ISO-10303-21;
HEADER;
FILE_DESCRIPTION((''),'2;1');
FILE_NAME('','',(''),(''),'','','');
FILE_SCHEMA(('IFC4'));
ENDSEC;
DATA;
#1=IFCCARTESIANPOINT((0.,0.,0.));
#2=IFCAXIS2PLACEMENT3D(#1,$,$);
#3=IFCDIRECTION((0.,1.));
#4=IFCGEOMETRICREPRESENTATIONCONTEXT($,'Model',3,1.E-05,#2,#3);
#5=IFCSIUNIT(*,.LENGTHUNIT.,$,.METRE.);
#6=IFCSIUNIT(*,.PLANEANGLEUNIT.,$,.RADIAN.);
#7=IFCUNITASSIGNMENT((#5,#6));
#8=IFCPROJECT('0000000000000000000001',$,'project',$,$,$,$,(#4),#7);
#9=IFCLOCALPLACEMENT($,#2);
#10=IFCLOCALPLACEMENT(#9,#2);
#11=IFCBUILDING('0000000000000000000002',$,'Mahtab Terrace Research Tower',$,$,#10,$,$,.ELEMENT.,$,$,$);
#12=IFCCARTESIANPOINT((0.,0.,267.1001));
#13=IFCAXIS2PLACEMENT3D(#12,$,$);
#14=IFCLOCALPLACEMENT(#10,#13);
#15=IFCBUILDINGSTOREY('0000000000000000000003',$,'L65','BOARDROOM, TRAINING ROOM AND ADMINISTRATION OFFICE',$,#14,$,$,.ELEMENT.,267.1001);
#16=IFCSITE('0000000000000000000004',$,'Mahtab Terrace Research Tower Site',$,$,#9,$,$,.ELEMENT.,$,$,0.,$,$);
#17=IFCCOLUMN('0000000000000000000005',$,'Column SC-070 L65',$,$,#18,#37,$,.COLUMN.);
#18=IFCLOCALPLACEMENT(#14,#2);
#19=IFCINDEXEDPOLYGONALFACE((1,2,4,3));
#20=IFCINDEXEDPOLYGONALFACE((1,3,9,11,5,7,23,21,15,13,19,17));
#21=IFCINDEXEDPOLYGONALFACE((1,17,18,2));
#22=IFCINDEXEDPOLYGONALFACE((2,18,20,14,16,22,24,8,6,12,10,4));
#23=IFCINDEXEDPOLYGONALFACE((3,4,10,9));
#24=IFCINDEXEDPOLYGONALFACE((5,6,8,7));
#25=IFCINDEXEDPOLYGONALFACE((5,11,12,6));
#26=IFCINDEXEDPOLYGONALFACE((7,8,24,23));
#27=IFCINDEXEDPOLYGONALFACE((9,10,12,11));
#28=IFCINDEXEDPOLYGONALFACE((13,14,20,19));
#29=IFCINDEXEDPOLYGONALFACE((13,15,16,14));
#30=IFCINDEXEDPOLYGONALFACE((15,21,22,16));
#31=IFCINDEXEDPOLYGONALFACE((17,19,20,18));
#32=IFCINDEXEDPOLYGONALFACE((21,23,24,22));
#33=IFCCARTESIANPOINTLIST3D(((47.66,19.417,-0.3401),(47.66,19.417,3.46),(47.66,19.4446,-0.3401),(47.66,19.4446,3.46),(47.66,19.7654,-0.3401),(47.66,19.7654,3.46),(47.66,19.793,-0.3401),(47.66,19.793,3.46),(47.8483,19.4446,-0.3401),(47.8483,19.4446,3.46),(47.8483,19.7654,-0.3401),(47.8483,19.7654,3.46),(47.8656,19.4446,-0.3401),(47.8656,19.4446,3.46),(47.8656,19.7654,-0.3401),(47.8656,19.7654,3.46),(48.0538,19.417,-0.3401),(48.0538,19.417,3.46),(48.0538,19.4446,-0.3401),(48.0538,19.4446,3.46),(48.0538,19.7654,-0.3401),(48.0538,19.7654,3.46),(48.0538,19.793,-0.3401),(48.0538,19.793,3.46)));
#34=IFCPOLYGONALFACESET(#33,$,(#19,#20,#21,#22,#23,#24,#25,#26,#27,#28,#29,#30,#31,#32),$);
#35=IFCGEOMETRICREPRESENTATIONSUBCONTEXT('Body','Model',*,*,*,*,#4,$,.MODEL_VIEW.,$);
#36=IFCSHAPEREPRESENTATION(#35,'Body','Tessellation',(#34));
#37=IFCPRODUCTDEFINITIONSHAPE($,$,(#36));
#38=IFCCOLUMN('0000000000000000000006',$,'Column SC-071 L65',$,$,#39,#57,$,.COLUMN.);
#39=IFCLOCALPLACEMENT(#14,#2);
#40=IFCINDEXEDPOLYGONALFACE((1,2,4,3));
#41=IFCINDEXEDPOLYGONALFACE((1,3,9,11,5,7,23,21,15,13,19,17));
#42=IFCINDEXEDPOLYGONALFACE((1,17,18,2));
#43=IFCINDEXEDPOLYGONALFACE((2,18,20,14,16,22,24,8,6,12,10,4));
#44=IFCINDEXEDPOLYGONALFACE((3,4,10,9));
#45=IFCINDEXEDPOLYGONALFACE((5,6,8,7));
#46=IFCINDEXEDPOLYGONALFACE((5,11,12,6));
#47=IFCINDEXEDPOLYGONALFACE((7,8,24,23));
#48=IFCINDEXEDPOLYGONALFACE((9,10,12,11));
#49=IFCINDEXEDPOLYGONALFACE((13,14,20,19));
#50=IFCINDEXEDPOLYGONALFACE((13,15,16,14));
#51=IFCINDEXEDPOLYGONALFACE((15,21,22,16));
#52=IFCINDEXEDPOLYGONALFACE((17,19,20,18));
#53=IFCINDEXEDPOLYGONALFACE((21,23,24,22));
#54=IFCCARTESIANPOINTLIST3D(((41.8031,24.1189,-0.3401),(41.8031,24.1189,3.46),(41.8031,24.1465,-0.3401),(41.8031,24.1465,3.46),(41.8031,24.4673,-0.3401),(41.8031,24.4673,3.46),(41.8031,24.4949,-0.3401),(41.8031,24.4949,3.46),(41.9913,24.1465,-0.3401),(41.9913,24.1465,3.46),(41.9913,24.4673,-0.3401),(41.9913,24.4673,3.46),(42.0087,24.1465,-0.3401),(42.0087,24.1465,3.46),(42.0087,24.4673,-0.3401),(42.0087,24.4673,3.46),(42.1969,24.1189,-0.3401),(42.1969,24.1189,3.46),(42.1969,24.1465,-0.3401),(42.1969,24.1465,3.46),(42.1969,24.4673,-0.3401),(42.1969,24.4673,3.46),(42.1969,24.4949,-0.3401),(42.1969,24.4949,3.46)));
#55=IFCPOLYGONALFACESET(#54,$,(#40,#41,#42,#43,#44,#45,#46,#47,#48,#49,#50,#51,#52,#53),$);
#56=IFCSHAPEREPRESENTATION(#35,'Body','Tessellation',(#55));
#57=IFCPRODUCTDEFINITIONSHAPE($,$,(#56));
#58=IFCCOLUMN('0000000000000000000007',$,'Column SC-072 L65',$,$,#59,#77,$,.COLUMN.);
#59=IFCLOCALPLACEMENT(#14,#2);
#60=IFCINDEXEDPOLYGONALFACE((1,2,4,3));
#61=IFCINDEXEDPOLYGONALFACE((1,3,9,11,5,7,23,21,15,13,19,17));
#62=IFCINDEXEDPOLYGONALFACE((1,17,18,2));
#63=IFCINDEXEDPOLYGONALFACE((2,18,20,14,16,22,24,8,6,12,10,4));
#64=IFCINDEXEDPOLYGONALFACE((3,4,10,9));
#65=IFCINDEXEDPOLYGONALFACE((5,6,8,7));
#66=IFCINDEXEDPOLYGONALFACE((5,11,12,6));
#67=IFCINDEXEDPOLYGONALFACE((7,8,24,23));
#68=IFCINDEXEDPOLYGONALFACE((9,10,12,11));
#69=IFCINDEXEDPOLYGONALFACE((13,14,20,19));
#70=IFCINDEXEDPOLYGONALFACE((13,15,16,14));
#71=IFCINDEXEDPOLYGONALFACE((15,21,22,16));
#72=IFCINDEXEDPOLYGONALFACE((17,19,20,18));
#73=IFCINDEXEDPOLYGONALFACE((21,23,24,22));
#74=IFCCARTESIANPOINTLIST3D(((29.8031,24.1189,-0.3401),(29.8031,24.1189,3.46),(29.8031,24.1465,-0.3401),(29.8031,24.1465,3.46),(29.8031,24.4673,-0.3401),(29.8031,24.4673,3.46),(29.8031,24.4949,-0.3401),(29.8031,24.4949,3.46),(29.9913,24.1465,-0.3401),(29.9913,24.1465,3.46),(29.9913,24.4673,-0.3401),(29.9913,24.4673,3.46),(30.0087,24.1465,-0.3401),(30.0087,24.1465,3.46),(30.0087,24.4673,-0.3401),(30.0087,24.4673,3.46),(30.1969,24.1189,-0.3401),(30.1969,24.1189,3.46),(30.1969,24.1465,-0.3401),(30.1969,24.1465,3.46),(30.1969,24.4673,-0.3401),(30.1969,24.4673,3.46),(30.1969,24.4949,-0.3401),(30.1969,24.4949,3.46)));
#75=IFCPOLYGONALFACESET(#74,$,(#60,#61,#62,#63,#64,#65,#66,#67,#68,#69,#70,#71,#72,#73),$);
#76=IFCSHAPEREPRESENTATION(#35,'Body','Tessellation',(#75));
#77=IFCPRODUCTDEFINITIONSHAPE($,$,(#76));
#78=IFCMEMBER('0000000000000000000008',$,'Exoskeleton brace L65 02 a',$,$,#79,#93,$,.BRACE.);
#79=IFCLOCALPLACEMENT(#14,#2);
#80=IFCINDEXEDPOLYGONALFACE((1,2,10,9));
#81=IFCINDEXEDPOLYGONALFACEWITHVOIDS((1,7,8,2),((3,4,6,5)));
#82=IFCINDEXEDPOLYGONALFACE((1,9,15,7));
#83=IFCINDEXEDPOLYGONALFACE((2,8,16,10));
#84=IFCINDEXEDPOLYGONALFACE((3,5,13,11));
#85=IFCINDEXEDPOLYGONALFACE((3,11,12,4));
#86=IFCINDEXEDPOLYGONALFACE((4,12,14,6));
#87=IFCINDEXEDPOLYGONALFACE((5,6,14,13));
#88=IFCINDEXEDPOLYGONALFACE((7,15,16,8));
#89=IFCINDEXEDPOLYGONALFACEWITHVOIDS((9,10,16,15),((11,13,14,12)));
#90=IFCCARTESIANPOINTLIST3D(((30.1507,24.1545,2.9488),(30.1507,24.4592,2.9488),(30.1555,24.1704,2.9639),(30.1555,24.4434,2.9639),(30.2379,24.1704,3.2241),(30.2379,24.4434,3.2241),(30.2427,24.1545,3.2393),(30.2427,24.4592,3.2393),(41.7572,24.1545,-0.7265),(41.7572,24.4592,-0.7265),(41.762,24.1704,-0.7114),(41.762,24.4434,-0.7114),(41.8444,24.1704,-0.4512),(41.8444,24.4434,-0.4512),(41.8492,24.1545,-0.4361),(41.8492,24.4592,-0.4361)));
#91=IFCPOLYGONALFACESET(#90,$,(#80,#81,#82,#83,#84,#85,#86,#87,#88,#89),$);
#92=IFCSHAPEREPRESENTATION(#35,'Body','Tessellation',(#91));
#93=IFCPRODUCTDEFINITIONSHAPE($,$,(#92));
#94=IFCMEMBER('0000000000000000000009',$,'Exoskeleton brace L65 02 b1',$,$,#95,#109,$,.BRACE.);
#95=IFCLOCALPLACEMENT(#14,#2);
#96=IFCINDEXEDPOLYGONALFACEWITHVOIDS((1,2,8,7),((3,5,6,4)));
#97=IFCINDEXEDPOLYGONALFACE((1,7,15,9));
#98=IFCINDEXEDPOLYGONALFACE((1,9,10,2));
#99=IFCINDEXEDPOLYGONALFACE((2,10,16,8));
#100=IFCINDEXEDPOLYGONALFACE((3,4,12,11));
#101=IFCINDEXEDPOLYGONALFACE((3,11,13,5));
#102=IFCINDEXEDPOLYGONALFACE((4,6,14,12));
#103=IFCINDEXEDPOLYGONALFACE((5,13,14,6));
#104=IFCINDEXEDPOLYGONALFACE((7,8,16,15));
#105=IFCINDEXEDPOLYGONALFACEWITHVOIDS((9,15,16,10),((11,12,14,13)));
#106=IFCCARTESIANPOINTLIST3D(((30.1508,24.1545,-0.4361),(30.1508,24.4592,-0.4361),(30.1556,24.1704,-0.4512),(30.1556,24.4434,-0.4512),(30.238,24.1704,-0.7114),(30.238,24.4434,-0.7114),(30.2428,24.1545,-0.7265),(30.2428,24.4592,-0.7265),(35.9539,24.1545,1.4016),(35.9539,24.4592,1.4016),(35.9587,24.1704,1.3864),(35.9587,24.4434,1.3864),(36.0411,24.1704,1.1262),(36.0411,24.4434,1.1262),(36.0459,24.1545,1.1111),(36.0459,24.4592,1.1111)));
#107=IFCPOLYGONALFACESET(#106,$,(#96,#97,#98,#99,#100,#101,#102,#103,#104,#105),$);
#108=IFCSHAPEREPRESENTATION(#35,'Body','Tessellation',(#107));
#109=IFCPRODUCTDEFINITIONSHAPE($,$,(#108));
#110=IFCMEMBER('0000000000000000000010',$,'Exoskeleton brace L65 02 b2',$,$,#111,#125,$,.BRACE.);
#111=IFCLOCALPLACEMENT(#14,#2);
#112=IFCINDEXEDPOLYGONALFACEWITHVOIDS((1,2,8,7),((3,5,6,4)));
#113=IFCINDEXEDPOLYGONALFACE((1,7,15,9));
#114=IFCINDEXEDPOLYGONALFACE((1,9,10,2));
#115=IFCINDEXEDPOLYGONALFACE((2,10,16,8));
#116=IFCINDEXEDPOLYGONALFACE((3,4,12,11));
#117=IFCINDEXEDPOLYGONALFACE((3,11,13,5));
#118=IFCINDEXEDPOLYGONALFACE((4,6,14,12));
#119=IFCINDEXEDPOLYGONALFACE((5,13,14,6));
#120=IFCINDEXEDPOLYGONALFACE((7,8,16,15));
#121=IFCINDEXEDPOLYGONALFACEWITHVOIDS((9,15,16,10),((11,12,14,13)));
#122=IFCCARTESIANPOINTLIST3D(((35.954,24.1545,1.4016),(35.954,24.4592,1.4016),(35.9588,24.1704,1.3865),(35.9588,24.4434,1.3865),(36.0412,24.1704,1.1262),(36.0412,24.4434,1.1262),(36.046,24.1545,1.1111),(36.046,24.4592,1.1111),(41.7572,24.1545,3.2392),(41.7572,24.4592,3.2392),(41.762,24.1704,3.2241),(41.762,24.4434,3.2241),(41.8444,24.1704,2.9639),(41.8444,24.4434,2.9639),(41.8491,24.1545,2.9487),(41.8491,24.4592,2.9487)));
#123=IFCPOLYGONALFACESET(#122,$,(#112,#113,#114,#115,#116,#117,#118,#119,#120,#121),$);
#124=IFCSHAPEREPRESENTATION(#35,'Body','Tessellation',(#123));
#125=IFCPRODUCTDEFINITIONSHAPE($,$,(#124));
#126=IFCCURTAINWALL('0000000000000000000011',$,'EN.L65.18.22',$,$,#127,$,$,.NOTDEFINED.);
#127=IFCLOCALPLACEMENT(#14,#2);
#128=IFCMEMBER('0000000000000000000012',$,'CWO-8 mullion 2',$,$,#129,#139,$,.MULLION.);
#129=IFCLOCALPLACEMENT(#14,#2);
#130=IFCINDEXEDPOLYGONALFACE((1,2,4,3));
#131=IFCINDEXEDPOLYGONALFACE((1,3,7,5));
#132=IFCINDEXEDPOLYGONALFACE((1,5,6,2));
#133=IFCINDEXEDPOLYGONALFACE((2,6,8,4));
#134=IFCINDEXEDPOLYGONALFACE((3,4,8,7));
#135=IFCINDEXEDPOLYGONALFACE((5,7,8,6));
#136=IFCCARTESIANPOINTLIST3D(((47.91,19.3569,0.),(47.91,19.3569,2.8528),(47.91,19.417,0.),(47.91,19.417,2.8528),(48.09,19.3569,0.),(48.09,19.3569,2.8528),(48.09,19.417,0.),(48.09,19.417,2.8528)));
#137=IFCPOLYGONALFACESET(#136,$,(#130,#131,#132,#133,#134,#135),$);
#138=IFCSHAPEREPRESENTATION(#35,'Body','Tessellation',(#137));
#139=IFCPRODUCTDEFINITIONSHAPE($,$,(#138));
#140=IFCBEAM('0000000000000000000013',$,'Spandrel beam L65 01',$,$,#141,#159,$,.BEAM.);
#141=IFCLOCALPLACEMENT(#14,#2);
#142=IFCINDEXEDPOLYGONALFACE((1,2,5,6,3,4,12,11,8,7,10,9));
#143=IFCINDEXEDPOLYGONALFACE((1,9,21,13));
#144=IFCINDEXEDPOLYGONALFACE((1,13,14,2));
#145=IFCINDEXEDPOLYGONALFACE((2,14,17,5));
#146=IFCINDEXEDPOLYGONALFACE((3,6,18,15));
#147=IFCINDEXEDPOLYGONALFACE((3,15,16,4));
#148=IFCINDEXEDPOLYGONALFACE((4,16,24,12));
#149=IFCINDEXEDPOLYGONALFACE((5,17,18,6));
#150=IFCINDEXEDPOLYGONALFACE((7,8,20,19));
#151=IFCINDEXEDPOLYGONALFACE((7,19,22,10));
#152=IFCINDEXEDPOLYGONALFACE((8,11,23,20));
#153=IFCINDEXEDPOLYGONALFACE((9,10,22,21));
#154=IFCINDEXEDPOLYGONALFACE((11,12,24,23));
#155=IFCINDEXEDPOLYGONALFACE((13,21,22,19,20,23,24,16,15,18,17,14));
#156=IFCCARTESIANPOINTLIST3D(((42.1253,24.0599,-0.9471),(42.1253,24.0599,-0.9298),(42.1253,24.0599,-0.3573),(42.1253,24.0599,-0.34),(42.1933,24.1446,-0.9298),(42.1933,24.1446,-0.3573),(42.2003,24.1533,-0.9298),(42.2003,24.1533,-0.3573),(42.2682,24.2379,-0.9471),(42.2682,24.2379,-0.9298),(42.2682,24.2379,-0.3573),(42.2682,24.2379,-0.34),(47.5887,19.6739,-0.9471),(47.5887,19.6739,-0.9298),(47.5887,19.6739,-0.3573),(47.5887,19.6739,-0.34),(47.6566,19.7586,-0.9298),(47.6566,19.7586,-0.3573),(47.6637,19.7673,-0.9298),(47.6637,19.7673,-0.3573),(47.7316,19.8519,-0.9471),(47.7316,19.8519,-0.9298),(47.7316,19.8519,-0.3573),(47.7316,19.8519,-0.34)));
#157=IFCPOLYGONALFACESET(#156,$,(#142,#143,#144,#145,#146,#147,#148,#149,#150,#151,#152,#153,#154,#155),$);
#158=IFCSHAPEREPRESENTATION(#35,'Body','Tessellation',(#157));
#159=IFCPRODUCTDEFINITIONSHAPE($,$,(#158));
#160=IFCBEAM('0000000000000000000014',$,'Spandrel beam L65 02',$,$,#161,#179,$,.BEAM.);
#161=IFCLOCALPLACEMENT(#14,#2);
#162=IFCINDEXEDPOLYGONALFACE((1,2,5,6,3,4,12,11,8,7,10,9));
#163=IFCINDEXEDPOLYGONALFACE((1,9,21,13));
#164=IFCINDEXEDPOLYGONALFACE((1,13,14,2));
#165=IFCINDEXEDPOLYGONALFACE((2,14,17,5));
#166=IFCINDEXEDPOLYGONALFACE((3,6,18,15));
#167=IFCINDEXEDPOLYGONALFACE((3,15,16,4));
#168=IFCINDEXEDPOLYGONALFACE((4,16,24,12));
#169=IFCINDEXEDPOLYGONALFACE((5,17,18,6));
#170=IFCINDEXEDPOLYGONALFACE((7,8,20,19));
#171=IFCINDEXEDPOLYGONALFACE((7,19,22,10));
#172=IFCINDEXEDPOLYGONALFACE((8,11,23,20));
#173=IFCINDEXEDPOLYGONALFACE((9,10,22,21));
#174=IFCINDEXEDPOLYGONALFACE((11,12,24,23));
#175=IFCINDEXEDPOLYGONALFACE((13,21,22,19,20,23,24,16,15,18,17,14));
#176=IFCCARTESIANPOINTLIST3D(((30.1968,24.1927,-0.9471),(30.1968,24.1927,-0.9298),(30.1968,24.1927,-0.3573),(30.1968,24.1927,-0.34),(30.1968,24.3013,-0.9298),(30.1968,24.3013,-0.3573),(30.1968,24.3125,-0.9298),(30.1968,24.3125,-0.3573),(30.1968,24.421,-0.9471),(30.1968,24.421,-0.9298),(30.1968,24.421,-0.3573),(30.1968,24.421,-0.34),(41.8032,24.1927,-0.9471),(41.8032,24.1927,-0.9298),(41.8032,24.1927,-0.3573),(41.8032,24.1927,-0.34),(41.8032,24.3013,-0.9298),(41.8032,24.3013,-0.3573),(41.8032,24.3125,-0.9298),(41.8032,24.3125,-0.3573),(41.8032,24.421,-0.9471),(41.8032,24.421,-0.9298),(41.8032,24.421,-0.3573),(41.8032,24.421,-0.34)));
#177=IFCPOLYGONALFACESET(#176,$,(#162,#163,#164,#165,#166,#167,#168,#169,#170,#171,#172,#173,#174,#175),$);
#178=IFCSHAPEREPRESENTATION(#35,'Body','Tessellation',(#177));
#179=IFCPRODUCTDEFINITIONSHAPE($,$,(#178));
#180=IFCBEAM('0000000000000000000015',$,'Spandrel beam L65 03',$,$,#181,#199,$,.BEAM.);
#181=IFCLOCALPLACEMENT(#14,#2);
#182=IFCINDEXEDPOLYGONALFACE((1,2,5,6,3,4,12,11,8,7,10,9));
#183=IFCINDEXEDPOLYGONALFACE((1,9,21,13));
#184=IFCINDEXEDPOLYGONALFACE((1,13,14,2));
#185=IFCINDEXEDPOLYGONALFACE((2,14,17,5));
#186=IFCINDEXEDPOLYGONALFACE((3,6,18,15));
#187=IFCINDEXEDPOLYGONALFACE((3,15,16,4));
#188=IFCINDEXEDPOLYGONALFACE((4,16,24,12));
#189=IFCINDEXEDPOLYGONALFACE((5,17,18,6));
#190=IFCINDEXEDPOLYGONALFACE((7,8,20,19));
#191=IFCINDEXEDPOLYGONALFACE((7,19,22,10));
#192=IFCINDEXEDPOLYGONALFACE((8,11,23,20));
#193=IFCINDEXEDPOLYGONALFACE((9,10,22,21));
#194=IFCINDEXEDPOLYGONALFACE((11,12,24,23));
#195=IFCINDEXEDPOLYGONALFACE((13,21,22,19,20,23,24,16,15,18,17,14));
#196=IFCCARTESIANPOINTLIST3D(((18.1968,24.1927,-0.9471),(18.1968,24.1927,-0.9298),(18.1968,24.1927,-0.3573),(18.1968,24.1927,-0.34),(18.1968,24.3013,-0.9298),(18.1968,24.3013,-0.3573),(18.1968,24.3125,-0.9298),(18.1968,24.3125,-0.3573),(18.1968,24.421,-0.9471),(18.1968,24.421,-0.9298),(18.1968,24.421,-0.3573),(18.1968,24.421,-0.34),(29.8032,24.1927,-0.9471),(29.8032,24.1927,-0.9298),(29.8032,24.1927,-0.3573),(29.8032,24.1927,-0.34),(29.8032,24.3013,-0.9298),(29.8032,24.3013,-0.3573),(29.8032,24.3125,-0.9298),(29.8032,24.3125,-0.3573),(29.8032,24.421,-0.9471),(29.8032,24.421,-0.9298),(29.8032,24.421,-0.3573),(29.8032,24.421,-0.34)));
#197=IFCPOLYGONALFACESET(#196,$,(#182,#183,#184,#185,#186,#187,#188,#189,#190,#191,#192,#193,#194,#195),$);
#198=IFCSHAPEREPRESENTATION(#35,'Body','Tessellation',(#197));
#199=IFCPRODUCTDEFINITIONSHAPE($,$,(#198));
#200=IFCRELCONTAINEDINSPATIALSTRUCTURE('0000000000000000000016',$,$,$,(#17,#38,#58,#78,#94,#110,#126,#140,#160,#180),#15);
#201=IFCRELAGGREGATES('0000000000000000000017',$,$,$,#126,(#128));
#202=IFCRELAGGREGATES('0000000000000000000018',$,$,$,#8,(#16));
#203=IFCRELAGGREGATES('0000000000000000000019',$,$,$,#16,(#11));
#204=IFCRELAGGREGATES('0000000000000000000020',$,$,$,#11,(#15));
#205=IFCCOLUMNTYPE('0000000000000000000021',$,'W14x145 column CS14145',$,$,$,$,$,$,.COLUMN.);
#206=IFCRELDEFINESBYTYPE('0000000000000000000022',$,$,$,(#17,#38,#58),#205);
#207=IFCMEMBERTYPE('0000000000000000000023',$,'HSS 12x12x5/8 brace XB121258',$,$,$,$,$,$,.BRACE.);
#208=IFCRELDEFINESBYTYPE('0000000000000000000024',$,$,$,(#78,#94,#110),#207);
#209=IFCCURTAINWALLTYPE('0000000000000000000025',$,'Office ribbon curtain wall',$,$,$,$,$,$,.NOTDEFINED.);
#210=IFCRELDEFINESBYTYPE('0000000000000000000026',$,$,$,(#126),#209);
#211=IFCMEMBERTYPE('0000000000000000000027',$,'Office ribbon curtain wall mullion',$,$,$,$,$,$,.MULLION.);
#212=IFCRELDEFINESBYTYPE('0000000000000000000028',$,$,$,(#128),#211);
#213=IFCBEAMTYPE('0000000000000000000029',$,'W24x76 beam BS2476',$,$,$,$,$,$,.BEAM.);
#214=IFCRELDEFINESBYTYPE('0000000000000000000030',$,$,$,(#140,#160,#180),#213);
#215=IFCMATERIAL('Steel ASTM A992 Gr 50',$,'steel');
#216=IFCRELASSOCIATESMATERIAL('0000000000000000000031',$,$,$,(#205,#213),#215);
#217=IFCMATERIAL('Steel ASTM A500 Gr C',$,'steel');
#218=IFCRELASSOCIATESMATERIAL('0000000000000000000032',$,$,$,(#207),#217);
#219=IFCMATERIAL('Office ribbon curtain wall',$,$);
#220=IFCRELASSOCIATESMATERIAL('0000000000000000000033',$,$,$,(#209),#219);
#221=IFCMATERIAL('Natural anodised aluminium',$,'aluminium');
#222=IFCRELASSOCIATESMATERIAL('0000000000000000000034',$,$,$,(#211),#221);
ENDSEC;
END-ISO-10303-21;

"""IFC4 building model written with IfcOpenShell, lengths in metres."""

from ifc_helpers import new_model, si_unit, direction, frame, origin, origin_2d, place, context, subcontext, project, spatial, rectangle, hollow_rectangle, i_section, extrude, material, material_profile, profile_set, type_object, element, aggregate, save


model = new_model("IFC4")

# Units and contexts
model_context = context("Model", 3, precision=1e-05, world=origin(), true_north=direction((0.0, 1.0)))
body_context = subcontext(model_context, "Body", "Model", "MODEL_VIEW")
ifc_project = project(units=[si_unit("LENGTHUNIT", "METRE"), si_unit("PLANEANGLEUNIT", "RADIAN")], contexts=[model_context])

# Site, building, storey
site_placement = place(None, origin())
site = spatial("IfcSite", under=ifc_project, at=site_placement, Name="Mahtab Terrace Research Tower Site", CompositionType="ELEMENT", RefElevation=0.0)
building_placement = place(site_placement, origin())
building = spatial("IfcBuilding", under=site, at=building_placement, Name="Mahtab Terrace Research Tower", CompositionType="ELEMENT")
storey_placement = place(building_placement, frame((0.0, 0.0, 267.1001)))
storey = spatial("IfcBuildingStorey", under=building, at=storey_placement, Name="L65", Description="BOARDROOM, TRAINING ROOM AND ADMINISTRATION OFFICE", CompositionType="ELEMENT", Elevation=267.1001)

# Columns
ifc_material_1 = material(Name="Steel ASTM A992 Gr 50", Category="steel")
ifc_material_profile_1 = material_profile(ifc_material_1, i_section(OverallWidth=0.3938, OverallDepth=0.376, WebThickness=0.0173, FlangeThickness=0.0276, at=origin_2d()), Name="W14X145")
ifc_profile_set_1 = profile_set([ifc_material_profile_1], Name="Steel ASTM A992 Gr 50")
column_type = type_object("IfcColumnType", Name="W14x145 column CS14145", PredefinedType="COLUMN", material=ifc_profile_set_1)
for number, where, z_axis, x_axis, name in (
    (1, (47.8569, 19.605, -0.3401), (0.0, 0.0, 1.0), (1.0, 0.0, 0.0), "Column SC-070 L65"),
    (2, (42.0, 24.3069, -0.3401), (0.0, 0.0, 1.0), (1.0, 0.0, 0.0), "Column SC-071 L65"),
    (3, (30.0, 24.3069, -0.3401), (0.0, 0.0, 1.0), (1.0, 0.0, 0.0), "Column SC-072 L65"),
):
    element("IfcColumn", number, at=place(storey_placement, frame(where, z_axis=z_axis, x_axis=x_axis)), inside=storey, type_object=column_type, Name=name, PredefinedType="COLUMN", context=body_context, shape_type="SweptSolid", body=[
        extrude(i_section(OverallWidth=0.3938, OverallDepth=0.376, WebThickness=0.0173, FlangeThickness=0.0276, at=origin_2d()), origin(), (0.0, 0.0, 1.0), 3.8),
    ])

# Members
ifc_material_2 = material(Name="Steel ASTM A500 Gr C", Category="steel")
ifc_material_profile_2 = material_profile(ifc_material_2, hollow_rectangle(XDim=0.3047, YDim=0.3047, WallThickness=0.0159, at=origin_2d()), Name="HSS12X12X5/8")
ifc_profile_set_2 = profile_set([ifc_material_profile_2], Name="Steel ASTM A500 Gr C")
member_type_1 = type_object("IfcMemberType", Name="HSS 12x12x5/8 brace XB121258", PredefinedType="BRACE", material=ifc_profile_set_2)
member_1_placement = place(storey_placement, frame((41.8032, 24.3069, -0.5813), z_axis=(-0.953344, 0.0, 0.301886), x_axis=(0.0, -1.0, 0.0)))
element("IfcMember", 4, at=member_1_placement, inside=storey, type_object=member_type_1, Name="Exoskeleton brace L65 02 a", PredefinedType="BRACE", context=body_context, shape_type="SweptSolid", body=[
    extrude(hollow_rectangle(XDim=0.3047, YDim=0.3047, WallThickness=0.0159, at=origin_2d()), origin(), (0.0, 0.0, 1.0), 12.1746),
])
for number, where, z_axis, x_axis, name in (
    (5, (30.1968, 24.3069, -0.5813), (0.953344, 0.0, 0.301886), (0.0, 1.0, 0.0), "Exoskeleton brace L65 02 b1"),
    (6, (36.0, 24.3069, 1.2563), (0.953344, 0.0, 0.301886), (0.0, 1.0, 0.0), "Exoskeleton brace L65 02 b2"),
):
    element("IfcMember", number, at=place(storey_placement, frame(where, z_axis=z_axis, x_axis=x_axis)), inside=storey, type_object=member_type_1, Name=name, PredefinedType="BRACE", context=body_context, shape_type="SweptSolid", body=[
        extrude(hollow_rectangle(XDim=0.3047, YDim=0.3047, WallThickness=0.0159, at=origin_2d()), origin(), (0.0, 0.0, 1.0), 6.0872),
    ])

# Curtain wall, member
ifc_material_3 = material(Name="Office ribbon curtain wall")
curtain_wall_type = type_object("IfcCurtainWallType", Name="Office ribbon curtain wall", PredefinedType="NOTDEFINED", material=ifc_material_3)
curtain_wall_placement = place(storey_placement, origin())
curtain_wall = element("IfcCurtainWall", 7, at=curtain_wall_placement, inside=storey, type_object=curtain_wall_type, Name="EN.L65.18.22", PredefinedType="NOTDEFINED")
ifc_material_4 = material(Name="Natural anodised aluminium", Category="aluminium")
ifc_material_profile_3 = material_profile(ifc_material_4, rectangle(XDim=0.1799, YDim=0.0601, at=origin_2d()), Name="MULLION 60x180")
ifc_profile_set_3 = profile_set([ifc_material_profile_3], Name="Natural anodised aluminium")
member_type_2 = type_object("IfcMemberType", Name="Office ribbon curtain wall mullion", PredefinedType="MULLION", material=ifc_profile_set_3)
member_2_placement = place(storey_placement, frame((48.0, 19.387, 0.0), z_axis=(0.0, 0.0, 1.0), x_axis=(-1.0, 0.0, 0.0)))
member_2 = element("IfcMember", 8, at=member_2_placement, type_object=member_type_2, Name="CWO-8 mullion 2", PredefinedType="MULLION", context=body_context, shape_type="SweptSolid", body=[
    extrude(rectangle(XDim=0.1799, YDim=0.0601, at=origin_2d()), origin(), (0.0, 0.0, 1.0), 2.8528),
])
aggregate(curtain_wall, [member_2])

# Beams
ifc_material_profile_4 = material_profile(ifc_material_1, i_section(OverallWidth=0.2283, OverallDepth=0.6072, WebThickness=0.0112, FlangeThickness=0.0173, at=origin_2d()), Name="W24X76")
ifc_profile_set_4 = profile_set([ifc_material_profile_4], Name="Steel ASTM A992 Gr 50")
beam_type = type_object("IfcBeamType", Name="W24x76 beam BS2476", PredefinedType="BEAM", material=ifc_profile_set_4)
beam_placement = place(storey_placement, frame((47.6602, 19.7629, -0.6436), z_axis=(-0.779804, 0.626024, 0.0), x_axis=(-0.626024, -0.779804, 0.0)))
element("IfcBeam", 9, at=beam_placement, inside=storey, type_object=beam_type, Name="Spandrel beam L65 01", PredefinedType="BEAM", context=body_context, shape_type="SweptSolid", body=[
    extrude(i_section(OverallWidth=0.2283, OverallDepth=0.6072, WebThickness=0.0112, FlangeThickness=0.0173, at=origin_2d()), origin(), (0.0, 0.0, 1.0), 7.0061),
])
for number, where, z_axis, x_axis, name in (
    (10, (41.8032, 24.3069, -0.6436), (-1.0, 0.0, 0.0), (0.0, -1.0, 0.0), "Spandrel beam L65 02"),
    (11, (29.8032, 24.3069, -0.6436), (-1.0, 0.0, 0.0), (0.0, -1.0, 0.0), "Spandrel beam L65 03"),
):
    element("IfcBeam", number, at=place(storey_placement, frame(where, z_axis=z_axis, x_axis=x_axis)), inside=storey, type_object=beam_type, Name=name, PredefinedType="BEAM", context=body_context, shape_type="SweptSolid", body=[
        extrude(i_section(OverallWidth=0.2283, OverallDepth=0.6072, WebThickness=0.0112, FlangeThickness=0.0173, at=origin_2d()), origin(), (0.0, 0.0, 1.0), 11.6064),
    ])

save(model, "model.ifc")
